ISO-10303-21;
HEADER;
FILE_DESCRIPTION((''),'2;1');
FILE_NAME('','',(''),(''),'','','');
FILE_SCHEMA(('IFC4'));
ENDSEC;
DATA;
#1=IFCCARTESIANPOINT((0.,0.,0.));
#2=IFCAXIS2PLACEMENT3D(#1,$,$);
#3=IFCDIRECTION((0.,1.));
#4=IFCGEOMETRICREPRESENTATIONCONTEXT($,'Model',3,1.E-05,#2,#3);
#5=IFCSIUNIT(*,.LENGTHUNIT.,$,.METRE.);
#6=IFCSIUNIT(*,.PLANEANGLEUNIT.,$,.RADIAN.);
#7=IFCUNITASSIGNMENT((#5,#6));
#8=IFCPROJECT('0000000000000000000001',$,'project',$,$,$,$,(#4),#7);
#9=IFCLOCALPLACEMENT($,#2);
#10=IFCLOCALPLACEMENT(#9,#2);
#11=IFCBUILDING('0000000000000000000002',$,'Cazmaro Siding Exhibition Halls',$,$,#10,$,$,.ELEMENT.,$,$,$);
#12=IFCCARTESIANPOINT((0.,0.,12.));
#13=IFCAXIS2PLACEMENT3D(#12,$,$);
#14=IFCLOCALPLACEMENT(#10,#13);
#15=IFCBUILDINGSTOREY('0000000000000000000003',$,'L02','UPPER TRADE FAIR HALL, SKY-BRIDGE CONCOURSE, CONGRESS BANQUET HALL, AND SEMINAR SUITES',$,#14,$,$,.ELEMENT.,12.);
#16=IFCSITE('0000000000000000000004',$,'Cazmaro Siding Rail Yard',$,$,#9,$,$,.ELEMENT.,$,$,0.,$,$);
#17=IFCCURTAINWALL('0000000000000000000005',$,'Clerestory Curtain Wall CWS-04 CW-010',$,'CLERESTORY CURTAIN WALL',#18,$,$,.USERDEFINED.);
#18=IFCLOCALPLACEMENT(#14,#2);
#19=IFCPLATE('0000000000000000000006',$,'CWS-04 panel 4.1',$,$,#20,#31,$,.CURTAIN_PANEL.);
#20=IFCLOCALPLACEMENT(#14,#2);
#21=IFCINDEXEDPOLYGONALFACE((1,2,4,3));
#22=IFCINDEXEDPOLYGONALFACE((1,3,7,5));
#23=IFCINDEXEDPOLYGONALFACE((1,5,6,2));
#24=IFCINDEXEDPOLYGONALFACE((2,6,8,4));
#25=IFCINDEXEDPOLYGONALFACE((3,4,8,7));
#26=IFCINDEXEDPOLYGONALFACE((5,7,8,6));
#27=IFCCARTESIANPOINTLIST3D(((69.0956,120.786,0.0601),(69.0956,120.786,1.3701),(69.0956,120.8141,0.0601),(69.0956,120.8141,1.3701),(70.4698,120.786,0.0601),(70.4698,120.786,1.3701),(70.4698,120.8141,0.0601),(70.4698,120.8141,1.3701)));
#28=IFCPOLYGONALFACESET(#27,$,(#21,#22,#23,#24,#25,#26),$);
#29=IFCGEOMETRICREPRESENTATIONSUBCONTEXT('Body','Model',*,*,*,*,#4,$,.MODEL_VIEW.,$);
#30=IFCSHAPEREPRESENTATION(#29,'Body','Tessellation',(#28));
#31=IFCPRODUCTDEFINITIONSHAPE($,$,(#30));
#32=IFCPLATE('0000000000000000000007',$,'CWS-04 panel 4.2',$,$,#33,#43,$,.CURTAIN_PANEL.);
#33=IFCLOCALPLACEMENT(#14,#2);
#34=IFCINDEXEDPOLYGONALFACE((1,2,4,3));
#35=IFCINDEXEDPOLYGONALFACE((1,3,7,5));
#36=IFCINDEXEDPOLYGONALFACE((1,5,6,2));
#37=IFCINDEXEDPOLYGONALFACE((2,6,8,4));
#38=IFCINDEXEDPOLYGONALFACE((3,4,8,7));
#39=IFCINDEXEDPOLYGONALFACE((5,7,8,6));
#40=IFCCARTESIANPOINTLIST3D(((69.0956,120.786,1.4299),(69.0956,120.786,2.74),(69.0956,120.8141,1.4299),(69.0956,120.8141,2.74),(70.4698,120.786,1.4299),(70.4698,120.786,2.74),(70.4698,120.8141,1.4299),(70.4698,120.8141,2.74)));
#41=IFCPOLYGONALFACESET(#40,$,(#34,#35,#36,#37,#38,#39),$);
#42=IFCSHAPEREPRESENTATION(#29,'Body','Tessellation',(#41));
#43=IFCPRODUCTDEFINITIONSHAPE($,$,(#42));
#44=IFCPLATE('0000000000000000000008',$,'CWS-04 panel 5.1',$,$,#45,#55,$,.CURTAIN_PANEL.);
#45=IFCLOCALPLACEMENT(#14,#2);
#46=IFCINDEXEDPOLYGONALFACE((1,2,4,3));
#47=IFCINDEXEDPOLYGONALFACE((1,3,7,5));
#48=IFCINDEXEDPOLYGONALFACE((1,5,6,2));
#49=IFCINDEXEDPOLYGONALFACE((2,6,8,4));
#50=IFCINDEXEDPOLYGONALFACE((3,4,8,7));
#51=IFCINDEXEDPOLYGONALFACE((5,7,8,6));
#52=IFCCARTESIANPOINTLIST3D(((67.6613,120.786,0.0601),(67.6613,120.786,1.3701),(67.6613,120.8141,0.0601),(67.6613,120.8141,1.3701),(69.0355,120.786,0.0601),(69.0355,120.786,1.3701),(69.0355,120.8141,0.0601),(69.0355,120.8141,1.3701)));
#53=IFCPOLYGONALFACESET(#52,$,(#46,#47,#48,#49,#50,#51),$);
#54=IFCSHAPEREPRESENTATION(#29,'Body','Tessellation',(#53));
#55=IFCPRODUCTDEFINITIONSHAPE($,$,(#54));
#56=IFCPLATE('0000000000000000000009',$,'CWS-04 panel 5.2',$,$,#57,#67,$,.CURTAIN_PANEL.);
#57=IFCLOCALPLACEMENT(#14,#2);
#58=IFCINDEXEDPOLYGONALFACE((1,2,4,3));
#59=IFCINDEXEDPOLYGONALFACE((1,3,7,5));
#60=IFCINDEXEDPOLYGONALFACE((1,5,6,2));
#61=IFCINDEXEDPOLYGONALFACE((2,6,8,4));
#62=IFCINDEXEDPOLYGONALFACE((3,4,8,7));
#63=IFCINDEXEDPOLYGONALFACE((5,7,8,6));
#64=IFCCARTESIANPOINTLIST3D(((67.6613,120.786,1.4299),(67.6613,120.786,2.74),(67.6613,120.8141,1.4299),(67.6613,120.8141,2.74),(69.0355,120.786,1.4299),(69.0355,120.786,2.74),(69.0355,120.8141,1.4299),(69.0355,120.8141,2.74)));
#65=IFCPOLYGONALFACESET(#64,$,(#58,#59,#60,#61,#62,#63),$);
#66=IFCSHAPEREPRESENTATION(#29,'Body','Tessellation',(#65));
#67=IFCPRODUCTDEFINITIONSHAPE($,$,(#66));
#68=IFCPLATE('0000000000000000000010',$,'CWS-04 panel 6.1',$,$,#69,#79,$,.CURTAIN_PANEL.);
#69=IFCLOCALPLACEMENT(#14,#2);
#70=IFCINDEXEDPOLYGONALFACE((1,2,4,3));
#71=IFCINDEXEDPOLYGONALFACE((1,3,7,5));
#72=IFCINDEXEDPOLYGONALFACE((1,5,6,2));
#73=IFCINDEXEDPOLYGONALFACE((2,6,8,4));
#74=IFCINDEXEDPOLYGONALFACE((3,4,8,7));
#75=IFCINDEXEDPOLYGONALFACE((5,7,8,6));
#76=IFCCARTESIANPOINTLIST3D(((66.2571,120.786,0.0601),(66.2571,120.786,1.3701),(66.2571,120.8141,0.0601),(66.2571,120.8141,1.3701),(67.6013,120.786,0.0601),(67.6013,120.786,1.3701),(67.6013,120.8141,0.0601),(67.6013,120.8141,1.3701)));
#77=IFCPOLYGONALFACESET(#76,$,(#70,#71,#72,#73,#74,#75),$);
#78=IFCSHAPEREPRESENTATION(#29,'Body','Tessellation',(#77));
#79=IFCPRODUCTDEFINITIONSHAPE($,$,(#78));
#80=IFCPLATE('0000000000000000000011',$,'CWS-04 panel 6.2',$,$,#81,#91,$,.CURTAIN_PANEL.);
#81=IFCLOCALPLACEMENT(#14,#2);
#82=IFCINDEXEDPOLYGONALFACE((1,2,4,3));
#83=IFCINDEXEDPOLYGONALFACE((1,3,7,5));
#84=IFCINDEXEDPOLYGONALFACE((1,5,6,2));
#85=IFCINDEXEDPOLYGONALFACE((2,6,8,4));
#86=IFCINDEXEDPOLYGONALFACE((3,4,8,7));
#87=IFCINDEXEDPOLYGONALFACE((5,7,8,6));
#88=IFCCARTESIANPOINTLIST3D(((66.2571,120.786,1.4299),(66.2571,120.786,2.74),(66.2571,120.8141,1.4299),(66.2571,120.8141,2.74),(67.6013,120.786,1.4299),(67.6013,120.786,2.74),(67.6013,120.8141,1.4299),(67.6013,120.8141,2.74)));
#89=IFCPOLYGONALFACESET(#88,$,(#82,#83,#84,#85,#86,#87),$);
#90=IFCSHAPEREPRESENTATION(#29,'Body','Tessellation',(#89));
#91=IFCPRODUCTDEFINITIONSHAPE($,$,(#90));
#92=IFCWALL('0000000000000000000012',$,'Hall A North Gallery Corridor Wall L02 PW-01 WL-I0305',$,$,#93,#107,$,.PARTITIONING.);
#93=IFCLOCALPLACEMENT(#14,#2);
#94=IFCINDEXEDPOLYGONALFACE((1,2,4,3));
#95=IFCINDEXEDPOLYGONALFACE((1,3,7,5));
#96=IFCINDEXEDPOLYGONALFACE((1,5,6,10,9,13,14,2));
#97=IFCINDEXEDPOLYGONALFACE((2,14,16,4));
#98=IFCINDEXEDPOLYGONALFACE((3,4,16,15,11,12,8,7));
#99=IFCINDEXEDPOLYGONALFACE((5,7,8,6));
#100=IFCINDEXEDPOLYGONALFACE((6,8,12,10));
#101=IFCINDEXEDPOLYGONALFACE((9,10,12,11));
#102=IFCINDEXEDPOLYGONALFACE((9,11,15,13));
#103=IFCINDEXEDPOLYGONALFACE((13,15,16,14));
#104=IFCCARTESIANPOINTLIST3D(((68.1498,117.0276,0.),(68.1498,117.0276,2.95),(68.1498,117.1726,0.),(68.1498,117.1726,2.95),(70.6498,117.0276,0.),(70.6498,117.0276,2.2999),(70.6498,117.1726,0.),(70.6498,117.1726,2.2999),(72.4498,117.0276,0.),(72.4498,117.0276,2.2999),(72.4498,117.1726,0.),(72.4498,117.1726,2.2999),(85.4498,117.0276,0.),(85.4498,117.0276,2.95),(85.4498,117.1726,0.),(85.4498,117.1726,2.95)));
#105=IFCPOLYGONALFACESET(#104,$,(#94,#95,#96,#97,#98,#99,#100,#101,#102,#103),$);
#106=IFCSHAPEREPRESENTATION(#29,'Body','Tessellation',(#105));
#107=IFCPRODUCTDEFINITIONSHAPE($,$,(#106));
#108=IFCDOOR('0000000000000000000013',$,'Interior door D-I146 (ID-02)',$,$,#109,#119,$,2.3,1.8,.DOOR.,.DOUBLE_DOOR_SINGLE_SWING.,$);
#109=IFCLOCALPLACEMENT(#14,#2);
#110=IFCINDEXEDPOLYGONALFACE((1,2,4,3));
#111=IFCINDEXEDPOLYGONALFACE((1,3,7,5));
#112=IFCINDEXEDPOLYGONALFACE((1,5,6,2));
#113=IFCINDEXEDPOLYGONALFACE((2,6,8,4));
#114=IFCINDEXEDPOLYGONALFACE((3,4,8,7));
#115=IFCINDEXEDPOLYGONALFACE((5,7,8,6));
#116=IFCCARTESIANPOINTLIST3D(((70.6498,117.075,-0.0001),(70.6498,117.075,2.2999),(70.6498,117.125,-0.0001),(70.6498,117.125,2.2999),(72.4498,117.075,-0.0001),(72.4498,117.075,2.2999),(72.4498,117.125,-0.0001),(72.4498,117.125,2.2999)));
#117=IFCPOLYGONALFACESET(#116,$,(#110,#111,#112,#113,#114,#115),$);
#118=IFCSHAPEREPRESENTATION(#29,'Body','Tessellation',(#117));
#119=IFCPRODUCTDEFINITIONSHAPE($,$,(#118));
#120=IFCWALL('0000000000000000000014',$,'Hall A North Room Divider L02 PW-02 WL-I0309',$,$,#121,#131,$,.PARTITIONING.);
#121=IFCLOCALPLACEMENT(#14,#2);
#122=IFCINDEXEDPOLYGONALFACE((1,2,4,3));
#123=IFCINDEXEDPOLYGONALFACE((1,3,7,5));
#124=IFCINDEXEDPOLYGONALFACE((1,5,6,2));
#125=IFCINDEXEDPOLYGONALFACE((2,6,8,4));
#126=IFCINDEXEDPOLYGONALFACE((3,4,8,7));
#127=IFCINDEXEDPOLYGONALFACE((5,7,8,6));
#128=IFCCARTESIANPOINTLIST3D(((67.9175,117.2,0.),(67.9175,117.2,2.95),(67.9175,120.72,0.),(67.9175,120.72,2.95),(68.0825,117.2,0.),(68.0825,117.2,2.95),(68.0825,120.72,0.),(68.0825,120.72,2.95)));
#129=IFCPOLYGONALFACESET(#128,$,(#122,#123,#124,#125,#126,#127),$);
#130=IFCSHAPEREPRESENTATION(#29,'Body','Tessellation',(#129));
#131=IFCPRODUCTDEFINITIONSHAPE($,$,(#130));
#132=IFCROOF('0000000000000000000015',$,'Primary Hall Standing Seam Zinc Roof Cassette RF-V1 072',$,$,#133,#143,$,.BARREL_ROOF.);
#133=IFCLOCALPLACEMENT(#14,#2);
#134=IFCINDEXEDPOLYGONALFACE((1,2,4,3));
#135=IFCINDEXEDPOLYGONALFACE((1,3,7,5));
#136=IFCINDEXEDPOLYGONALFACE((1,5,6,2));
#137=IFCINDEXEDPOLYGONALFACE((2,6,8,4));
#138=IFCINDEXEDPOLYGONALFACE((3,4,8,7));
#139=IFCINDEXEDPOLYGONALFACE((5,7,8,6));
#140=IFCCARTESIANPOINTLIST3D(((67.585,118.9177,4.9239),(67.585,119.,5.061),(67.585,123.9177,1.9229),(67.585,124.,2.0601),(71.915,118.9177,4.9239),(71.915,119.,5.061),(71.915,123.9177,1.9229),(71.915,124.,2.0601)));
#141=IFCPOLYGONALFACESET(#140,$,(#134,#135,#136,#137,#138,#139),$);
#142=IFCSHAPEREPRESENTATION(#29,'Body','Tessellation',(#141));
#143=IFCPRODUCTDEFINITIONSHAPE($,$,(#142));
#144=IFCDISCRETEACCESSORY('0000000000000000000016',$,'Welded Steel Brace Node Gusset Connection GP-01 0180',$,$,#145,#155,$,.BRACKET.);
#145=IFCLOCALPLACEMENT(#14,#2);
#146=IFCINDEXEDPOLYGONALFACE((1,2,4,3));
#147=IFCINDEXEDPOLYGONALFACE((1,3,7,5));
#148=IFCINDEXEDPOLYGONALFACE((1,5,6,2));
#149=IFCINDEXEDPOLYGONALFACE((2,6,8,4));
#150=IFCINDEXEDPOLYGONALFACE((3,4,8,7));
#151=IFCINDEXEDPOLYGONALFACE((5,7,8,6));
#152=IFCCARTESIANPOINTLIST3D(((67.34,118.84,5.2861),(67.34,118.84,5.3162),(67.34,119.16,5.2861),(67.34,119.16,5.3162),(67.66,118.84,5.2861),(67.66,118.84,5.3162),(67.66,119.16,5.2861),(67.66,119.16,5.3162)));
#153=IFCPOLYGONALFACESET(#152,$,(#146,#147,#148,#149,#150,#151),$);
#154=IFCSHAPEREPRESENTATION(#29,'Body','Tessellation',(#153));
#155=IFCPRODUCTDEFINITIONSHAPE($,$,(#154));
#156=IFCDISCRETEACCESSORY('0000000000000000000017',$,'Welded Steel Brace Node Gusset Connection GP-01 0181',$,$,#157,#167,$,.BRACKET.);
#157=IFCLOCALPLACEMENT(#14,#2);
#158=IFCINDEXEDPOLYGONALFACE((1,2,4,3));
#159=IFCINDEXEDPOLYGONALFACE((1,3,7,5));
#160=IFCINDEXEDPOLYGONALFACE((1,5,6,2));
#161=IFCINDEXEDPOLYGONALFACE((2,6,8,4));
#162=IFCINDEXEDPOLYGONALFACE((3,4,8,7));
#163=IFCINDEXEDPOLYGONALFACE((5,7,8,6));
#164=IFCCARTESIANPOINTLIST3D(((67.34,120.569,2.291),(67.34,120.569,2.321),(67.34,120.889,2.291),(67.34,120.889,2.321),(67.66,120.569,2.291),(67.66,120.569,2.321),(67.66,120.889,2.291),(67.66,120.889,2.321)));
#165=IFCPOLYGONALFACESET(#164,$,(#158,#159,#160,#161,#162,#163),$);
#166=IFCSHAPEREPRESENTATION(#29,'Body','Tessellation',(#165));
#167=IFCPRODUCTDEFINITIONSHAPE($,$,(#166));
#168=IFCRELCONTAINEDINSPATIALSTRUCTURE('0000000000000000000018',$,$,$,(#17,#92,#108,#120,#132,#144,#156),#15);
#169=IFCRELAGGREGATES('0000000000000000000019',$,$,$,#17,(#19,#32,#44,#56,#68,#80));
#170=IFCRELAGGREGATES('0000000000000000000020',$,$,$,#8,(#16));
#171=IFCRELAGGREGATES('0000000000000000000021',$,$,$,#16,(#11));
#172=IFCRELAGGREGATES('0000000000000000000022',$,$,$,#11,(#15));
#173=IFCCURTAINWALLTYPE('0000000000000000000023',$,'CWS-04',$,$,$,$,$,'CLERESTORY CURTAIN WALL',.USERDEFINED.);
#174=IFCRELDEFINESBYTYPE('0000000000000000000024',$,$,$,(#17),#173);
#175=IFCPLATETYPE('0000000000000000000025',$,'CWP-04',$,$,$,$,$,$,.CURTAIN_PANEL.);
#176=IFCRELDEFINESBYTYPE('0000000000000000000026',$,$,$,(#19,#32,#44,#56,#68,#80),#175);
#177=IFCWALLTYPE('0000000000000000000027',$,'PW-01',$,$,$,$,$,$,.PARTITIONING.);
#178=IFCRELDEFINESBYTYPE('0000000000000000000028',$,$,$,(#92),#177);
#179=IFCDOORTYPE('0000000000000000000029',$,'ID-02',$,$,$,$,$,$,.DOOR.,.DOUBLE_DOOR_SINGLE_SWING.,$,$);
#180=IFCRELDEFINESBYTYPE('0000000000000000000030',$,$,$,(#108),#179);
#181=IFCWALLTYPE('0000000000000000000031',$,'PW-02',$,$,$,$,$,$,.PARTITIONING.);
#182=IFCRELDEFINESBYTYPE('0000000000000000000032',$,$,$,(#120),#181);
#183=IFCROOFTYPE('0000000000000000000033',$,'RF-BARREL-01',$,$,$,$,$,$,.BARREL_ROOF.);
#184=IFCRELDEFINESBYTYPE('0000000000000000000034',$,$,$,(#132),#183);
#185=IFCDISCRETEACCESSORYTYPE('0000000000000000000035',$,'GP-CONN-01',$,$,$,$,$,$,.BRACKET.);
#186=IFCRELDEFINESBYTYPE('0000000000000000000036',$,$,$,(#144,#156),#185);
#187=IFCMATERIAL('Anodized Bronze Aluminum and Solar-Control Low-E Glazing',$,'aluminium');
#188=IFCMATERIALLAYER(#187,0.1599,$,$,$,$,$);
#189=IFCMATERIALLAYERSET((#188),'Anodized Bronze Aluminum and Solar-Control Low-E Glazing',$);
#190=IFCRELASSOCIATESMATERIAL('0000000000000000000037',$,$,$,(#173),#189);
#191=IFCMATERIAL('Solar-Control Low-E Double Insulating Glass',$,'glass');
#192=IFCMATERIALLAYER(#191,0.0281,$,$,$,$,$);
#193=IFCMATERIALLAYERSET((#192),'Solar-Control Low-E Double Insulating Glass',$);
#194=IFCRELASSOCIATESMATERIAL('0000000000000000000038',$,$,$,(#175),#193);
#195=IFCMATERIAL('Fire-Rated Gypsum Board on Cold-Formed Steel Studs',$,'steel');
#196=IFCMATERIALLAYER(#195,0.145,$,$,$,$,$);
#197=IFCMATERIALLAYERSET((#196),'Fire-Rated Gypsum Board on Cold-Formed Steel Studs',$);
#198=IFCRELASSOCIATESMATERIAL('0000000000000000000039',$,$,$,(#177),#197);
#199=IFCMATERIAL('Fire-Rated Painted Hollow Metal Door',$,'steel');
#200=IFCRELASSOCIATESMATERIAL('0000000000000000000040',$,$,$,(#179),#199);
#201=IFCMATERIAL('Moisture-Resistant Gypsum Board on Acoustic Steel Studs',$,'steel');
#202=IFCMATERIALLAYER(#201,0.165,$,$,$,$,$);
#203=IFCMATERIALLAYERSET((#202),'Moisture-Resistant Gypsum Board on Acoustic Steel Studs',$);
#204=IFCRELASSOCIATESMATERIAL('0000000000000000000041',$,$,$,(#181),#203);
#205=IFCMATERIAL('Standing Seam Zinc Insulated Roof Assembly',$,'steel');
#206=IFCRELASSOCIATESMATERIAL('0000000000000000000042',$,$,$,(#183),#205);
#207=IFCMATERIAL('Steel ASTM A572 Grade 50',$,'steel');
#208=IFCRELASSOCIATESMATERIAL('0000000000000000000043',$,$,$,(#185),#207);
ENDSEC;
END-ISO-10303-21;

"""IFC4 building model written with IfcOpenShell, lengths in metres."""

from ifc_helpers import new_model, si_unit, direction, frame, frame_2d, origin, origin_2d, place, context, subcontext, project, spatial, polyline, rectangle, outline, extrude, material, layer, layer_set, type_object, element, fill, aggregate, save


model = new_model("IFC4")

# Units and contexts
model_context = context("Model", 3, precision=1e-05, world=origin(), true_north=direction((0.0, 1.0)))
body_context = subcontext(model_context, "Body", "Model", "MODEL_VIEW")
ifc_project = project(units=[si_unit("LENGTHUNIT", "METRE"), si_unit("PLANEANGLEUNIT", "RADIAN")], contexts=[model_context])

# Site, building, storey
site_placement = place(None, origin())
site = spatial("IfcSite", under=ifc_project, at=site_placement, Name="Cazmaro Siding Rail Yard", CompositionType="ELEMENT", RefElevation=0.0)
building_placement = place(site_placement, origin())
building = spatial("IfcBuilding", under=site, at=building_placement, Name="Cazmaro Siding Exhibition Halls", CompositionType="ELEMENT")
storey_placement = place(building_placement, frame((0.0, 0.0, 12.0)))
storey = spatial("IfcBuildingStorey", under=building, at=storey_placement, Name="L02", Description="UPPER TRADE FAIR HALL, SKY-BRIDGE CONCOURSE, CONGRESS BANQUET HALL, AND SEMINAR SUITES", CompositionType="ELEMENT", Elevation=12.0)

# Shared definitions
ifc_material_1 = material(Name="Anodized Bronze Aluminum and Solar-Control Low-E Glazing", Category="aluminium")
ifc_layer_1 = layer(ifc_material_1, 0.1599)
ifc_layer_set_1 = layer_set([ifc_layer_1], Name="Anodized Bronze Aluminum and Solar-Control Low-E Glazing")
curtain_wall_type = type_object("IfcCurtainWallType", Name="CWS-04", ElementType="CLERESTORY CURTAIN WALL", PredefinedType="USERDEFINED", material=ifc_layer_set_1)

# Curtain wall
curtain_wall_1_placement = place(storey_placement, origin())
curtain_wall_1 = element("IfcCurtainWall", 1, at=curtain_wall_1_placement, inside=storey, type_object=curtain_wall_type, Name="Clerestory Curtain Wall CWS-04 CW-010", ObjectType="CLERESTORY CURTAIN WALL", PredefinedType="USERDEFINED")

# Plates
ifc_material_2 = material(Name="Solar-Control Low-E Double Insulating Glass", Category="glass")
ifc_layer_2 = layer(ifc_material_2, 0.0281)
ifc_layer_set_2 = layer_set([ifc_layer_2], Name="Solar-Control Low-E Double Insulating Glass")
plate_type_1 = type_object("IfcPlateType", Name="CWP-04", PredefinedType="CURTAIN_PANEL", material=ifc_layer_set_2)
plate_1_placement = place(storey_placement, frame((69.7827, 120.8, 0.0601), z_axis=(0.0, 0.0, 1.0), x_axis=(-1.0, 0.0, 0.0)))
plate_1 = element("IfcPlate", 2, at=plate_1_placement, type_object=plate_type_1, Name="CWS-04 panel 4.1", PredefinedType="CURTAIN_PANEL", context=body_context, shape_type="SweptSolid", body=[
    extrude(rectangle(XDim=1.3743, YDim=0.0281, at=origin_2d()), origin(), (0.0, 0.0, 1.0), 1.3101),
])
plate_2_placement = place(storey_placement, frame((69.7827, 120.8, 1.4299), z_axis=(0.0, 0.0, 1.0), x_axis=(-1.0, 0.0, 0.0)))
plate_2 = element("IfcPlate", 3, at=plate_2_placement, type_object=plate_type_1, Name="CWS-04 panel 4.2", PredefinedType="CURTAIN_PANEL", context=body_context, shape_type="SweptSolid", body=[
    extrude(rectangle(XDim=1.3743, YDim=0.0281, at=origin_2d()), origin(), (0.0, 0.0, 1.0), 1.3101),
])
plate_3_placement = place(storey_placement, frame((68.3484, 120.8, 0.0601), z_axis=(0.0, 0.0, 1.0), x_axis=(-1.0, 0.0, 0.0)))
plate_3 = element("IfcPlate", 4, at=plate_3_placement, type_object=plate_type_1, Name="CWS-04 panel 5.1", PredefinedType="CURTAIN_PANEL", context=body_context, shape_type="SweptSolid", body=[
    extrude(rectangle(XDim=1.3743, YDim=0.0281, at=origin_2d()), origin(), (0.0, 0.0, 1.0), 1.3101),
])
plate_4_placement = place(storey_placement, frame((68.3484, 120.8, 1.4299), z_axis=(0.0, 0.0, 1.0), x_axis=(-1.0, 0.0, 0.0)))
plate_4 = element("IfcPlate", 5, at=plate_4_placement, type_object=plate_type_1, Name="CWS-04 panel 5.2", PredefinedType="CURTAIN_PANEL", context=body_context, shape_type="SweptSolid", body=[
    extrude(rectangle(XDim=1.3743, YDim=0.0281, at=origin_2d()), origin(), (0.0, 0.0, 1.0), 1.3101),
])
plate_5_placement = place(storey_placement, frame((66.9292, 120.8, 0.0601), z_axis=(0.0, 0.0, 1.0), x_axis=(-1.0, 0.0, 0.0)))
plate_5 = element("IfcPlate", 6, at=plate_5_placement, type_object=plate_type_1, Name="CWS-04 panel 6.1", PredefinedType="CURTAIN_PANEL", context=body_context, shape_type="SweptSolid", body=[
    extrude(rectangle(XDim=1.3442, YDim=0.0281, at=origin_2d()), origin(), (0.0, 0.0, 1.0), 1.3101),
])
plate_6_placement = place(storey_placement, frame((66.9292, 120.8, 1.4299), z_axis=(0.0, 0.0, 1.0), x_axis=(-1.0, 0.0, 0.0)))
plate_6 = element("IfcPlate", 7, at=plate_6_placement, type_object=plate_type_1, Name="CWS-04 panel 6.2", PredefinedType="CURTAIN_PANEL", context=body_context, shape_type="SweptSolid", body=[
    extrude(rectangle(XDim=1.3442, YDim=0.0281, at=origin_2d()), origin(), (0.0, 0.0, 1.0), 1.3101),
])
aggregate(curtain_wall_1, [plate_1, plate_2, plate_3, plate_4, plate_5, plate_6])

# Wall, opening, door
ifc_material_3 = material(Name="Fire-Rated Gypsum Board on Cold-Formed Steel Studs", Category="steel")
ifc_layer_3 = layer(ifc_material_3, 0.145)
ifc_layer_set_3 = layer_set([ifc_layer_3], Name="Fire-Rated Gypsum Board on Cold-Formed Steel Studs")
wall_type_1 = type_object("IfcWallType", Name="PW-01", PredefinedType="PARTITIONING", material=ifc_layer_set_3)
wall_1_placement = place(storey_placement, frame((68.1499, 117.1001, 0.0), z_axis=(0.0, 0.0, 1.0), x_axis=(1.0, 0.0, 0.0)))
wall_1 = element("IfcWall", 8, at=wall_1_placement, inside=storey, type_object=wall_type_1, Name="Hall A North Gallery Corridor Wall L02 PW-01 WL-I0305", PredefinedType="PARTITIONING", context=body_context, shape_type="SweptSolid", body=[
    extrude(rectangle(XDim=17.3, YDim=0.145, at=frame_2d((8.6499, 0.0))), origin(), (0.0, 0.0, 1.0), 2.95),
])
opening_placement = place(wall_1_placement, frame((2.5, 0.0, 0.0)))
opening = element("IfcOpeningElement", 9, at=opening_placement, cuts=wall_1, PredefinedType="OPENING", context=body_context, shape_type="SweptSolid", body=[
    extrude(rectangle(XDim=1.8, YDim=2.3, at=frame_2d((0.8999, 1.1499))), frame((0.0, 0.0825, 0.0), z_axis=(0.0, -1.0, 0.0), x_axis=(1.0, 0.0, 0.0)), (0.0, 0.0, 1.0), 0.165),
])
ifc_material_4 = material(Name="Fire-Rated Painted Hollow Metal Door", Category="steel")
door_type = type_object("IfcDoorType", Name="ID-02", OperationType="DOUBLE_DOOR_SINGLE_SWING", PredefinedType="DOOR", material=ifc_material_4)
door_placement = place(opening_placement, origin())
door = element("IfcDoor", 10, at=door_placement, inside=storey, type_object=door_type, Name="Interior door D-I146 (ID-02)", OperationType="DOUBLE_DOOR_SINGLE_SWING", OverallHeight=2.3, OverallWidth=1.8, PredefinedType="DOOR", context=body_context, shape_type="SweptSolid", body=[
    extrude(rectangle(XDim=1.8, YDim=2.3, at=frame_2d((0.8999, 1.1499))), frame((0.0, 0.0249, 0.0), z_axis=(0.0, -1.0, 0.0), x_axis=(1.0, 0.0, 0.0)), (0.0, 0.0, 1.0), 0.05),
])
fill(opening, door)

# Wall
ifc_material_5 = material(Name="Moisture-Resistant Gypsum Board on Acoustic Steel Studs", Category="steel")
ifc_layer_4 = layer(ifc_material_5, 0.165)
ifc_layer_set_4 = layer_set([ifc_layer_4], Name="Moisture-Resistant Gypsum Board on Acoustic Steel Studs")
wall_type_2 = type_object("IfcWallType", Name="PW-02", PredefinedType="PARTITIONING", material=ifc_layer_set_4)
wall_2_placement = place(storey_placement, frame((68.0, 117.2, 0.0), z_axis=(0.0, 0.0, 1.0), x_axis=(0.0, 1.0, 0.0)))
element("IfcWall", 11, at=wall_2_placement, inside=storey, type_object=wall_type_2, Name="Hall A North Room Divider L02 PW-02 WL-I0309", PredefinedType="PARTITIONING", context=body_context, shape_type="SweptSolid", body=[
    extrude(rectangle(XDim=3.52, YDim=0.165, at=frame_2d((1.76, 0.0))), origin(), (0.0, 0.0, 1.0), 2.95),
])

# Roof
ifc_material_6 = material(Name="Standing Seam Zinc Insulated Roof Assembly", Category="steel")
roof_type = type_object("IfcRoofType", Name="RF-BARREL-01", PredefinedType="BARREL_ROOF", material=ifc_material_6)
roof_placement = place(storey_placement, frame((67.585, 119.0, 5.061), z_axis=(0.0, 0.514619, 0.857419), x_axis=(1.0, 0.0, 0.0)))
element("IfcRoof", 12, at=roof_placement, inside=storey, type_object=roof_type, Name="Primary Hall Standing Seam Zinc Roof Cassette RF-V1 072", PredefinedType="BARREL_ROOF", context=body_context, shape_type="SweptSolid", body=[
    extrude(outline(polyline([(0.0, 0.0), (4.3301, 0.0), (4.3301, 5.8315), (0.0, 5.8315), (0.0, 0.0)])), origin(), (0.0, 0.0, -1.0), 0.1599),
])

# Discrete accessories
ifc_material_7 = material(Name="Steel ASTM A572 Grade 50", Category="steel")
discrete_accessory_type = type_object("IfcDiscreteAccessoryType", Name="GP-CONN-01", PredefinedType="BRACKET", material=ifc_material_7)
for number, where, z_axis, x_axis, name in (
    (13, (67.5, 119.0, 5.2861), (0.0, 0.0, 1.0), (1.0, 0.0, 0.0), "Welded Steel Brace Node Gusset Connection GP-01 0180"),
    (14, (67.5, 120.729, 2.291), (0.0, 0.0, 1.0), (1.0, 0.0, 0.0), "Welded Steel Brace Node Gusset Connection GP-01 0181"),
):
    element("IfcDiscreteAccessory", number, at=place(storey_placement, frame(where, z_axis=z_axis, x_axis=x_axis)), inside=storey, type_object=discrete_accessory_type, Name=name, PredefinedType="BRACKET", context=body_context, shape_type="SweptSolid", body=[
        extrude(rectangle(XDim=0.3201, YDim=0.3201, at=origin_2d()), origin(), (0.0, 0.0, 1.0), 0.03),
    ])

save(model, "model.ifc")
